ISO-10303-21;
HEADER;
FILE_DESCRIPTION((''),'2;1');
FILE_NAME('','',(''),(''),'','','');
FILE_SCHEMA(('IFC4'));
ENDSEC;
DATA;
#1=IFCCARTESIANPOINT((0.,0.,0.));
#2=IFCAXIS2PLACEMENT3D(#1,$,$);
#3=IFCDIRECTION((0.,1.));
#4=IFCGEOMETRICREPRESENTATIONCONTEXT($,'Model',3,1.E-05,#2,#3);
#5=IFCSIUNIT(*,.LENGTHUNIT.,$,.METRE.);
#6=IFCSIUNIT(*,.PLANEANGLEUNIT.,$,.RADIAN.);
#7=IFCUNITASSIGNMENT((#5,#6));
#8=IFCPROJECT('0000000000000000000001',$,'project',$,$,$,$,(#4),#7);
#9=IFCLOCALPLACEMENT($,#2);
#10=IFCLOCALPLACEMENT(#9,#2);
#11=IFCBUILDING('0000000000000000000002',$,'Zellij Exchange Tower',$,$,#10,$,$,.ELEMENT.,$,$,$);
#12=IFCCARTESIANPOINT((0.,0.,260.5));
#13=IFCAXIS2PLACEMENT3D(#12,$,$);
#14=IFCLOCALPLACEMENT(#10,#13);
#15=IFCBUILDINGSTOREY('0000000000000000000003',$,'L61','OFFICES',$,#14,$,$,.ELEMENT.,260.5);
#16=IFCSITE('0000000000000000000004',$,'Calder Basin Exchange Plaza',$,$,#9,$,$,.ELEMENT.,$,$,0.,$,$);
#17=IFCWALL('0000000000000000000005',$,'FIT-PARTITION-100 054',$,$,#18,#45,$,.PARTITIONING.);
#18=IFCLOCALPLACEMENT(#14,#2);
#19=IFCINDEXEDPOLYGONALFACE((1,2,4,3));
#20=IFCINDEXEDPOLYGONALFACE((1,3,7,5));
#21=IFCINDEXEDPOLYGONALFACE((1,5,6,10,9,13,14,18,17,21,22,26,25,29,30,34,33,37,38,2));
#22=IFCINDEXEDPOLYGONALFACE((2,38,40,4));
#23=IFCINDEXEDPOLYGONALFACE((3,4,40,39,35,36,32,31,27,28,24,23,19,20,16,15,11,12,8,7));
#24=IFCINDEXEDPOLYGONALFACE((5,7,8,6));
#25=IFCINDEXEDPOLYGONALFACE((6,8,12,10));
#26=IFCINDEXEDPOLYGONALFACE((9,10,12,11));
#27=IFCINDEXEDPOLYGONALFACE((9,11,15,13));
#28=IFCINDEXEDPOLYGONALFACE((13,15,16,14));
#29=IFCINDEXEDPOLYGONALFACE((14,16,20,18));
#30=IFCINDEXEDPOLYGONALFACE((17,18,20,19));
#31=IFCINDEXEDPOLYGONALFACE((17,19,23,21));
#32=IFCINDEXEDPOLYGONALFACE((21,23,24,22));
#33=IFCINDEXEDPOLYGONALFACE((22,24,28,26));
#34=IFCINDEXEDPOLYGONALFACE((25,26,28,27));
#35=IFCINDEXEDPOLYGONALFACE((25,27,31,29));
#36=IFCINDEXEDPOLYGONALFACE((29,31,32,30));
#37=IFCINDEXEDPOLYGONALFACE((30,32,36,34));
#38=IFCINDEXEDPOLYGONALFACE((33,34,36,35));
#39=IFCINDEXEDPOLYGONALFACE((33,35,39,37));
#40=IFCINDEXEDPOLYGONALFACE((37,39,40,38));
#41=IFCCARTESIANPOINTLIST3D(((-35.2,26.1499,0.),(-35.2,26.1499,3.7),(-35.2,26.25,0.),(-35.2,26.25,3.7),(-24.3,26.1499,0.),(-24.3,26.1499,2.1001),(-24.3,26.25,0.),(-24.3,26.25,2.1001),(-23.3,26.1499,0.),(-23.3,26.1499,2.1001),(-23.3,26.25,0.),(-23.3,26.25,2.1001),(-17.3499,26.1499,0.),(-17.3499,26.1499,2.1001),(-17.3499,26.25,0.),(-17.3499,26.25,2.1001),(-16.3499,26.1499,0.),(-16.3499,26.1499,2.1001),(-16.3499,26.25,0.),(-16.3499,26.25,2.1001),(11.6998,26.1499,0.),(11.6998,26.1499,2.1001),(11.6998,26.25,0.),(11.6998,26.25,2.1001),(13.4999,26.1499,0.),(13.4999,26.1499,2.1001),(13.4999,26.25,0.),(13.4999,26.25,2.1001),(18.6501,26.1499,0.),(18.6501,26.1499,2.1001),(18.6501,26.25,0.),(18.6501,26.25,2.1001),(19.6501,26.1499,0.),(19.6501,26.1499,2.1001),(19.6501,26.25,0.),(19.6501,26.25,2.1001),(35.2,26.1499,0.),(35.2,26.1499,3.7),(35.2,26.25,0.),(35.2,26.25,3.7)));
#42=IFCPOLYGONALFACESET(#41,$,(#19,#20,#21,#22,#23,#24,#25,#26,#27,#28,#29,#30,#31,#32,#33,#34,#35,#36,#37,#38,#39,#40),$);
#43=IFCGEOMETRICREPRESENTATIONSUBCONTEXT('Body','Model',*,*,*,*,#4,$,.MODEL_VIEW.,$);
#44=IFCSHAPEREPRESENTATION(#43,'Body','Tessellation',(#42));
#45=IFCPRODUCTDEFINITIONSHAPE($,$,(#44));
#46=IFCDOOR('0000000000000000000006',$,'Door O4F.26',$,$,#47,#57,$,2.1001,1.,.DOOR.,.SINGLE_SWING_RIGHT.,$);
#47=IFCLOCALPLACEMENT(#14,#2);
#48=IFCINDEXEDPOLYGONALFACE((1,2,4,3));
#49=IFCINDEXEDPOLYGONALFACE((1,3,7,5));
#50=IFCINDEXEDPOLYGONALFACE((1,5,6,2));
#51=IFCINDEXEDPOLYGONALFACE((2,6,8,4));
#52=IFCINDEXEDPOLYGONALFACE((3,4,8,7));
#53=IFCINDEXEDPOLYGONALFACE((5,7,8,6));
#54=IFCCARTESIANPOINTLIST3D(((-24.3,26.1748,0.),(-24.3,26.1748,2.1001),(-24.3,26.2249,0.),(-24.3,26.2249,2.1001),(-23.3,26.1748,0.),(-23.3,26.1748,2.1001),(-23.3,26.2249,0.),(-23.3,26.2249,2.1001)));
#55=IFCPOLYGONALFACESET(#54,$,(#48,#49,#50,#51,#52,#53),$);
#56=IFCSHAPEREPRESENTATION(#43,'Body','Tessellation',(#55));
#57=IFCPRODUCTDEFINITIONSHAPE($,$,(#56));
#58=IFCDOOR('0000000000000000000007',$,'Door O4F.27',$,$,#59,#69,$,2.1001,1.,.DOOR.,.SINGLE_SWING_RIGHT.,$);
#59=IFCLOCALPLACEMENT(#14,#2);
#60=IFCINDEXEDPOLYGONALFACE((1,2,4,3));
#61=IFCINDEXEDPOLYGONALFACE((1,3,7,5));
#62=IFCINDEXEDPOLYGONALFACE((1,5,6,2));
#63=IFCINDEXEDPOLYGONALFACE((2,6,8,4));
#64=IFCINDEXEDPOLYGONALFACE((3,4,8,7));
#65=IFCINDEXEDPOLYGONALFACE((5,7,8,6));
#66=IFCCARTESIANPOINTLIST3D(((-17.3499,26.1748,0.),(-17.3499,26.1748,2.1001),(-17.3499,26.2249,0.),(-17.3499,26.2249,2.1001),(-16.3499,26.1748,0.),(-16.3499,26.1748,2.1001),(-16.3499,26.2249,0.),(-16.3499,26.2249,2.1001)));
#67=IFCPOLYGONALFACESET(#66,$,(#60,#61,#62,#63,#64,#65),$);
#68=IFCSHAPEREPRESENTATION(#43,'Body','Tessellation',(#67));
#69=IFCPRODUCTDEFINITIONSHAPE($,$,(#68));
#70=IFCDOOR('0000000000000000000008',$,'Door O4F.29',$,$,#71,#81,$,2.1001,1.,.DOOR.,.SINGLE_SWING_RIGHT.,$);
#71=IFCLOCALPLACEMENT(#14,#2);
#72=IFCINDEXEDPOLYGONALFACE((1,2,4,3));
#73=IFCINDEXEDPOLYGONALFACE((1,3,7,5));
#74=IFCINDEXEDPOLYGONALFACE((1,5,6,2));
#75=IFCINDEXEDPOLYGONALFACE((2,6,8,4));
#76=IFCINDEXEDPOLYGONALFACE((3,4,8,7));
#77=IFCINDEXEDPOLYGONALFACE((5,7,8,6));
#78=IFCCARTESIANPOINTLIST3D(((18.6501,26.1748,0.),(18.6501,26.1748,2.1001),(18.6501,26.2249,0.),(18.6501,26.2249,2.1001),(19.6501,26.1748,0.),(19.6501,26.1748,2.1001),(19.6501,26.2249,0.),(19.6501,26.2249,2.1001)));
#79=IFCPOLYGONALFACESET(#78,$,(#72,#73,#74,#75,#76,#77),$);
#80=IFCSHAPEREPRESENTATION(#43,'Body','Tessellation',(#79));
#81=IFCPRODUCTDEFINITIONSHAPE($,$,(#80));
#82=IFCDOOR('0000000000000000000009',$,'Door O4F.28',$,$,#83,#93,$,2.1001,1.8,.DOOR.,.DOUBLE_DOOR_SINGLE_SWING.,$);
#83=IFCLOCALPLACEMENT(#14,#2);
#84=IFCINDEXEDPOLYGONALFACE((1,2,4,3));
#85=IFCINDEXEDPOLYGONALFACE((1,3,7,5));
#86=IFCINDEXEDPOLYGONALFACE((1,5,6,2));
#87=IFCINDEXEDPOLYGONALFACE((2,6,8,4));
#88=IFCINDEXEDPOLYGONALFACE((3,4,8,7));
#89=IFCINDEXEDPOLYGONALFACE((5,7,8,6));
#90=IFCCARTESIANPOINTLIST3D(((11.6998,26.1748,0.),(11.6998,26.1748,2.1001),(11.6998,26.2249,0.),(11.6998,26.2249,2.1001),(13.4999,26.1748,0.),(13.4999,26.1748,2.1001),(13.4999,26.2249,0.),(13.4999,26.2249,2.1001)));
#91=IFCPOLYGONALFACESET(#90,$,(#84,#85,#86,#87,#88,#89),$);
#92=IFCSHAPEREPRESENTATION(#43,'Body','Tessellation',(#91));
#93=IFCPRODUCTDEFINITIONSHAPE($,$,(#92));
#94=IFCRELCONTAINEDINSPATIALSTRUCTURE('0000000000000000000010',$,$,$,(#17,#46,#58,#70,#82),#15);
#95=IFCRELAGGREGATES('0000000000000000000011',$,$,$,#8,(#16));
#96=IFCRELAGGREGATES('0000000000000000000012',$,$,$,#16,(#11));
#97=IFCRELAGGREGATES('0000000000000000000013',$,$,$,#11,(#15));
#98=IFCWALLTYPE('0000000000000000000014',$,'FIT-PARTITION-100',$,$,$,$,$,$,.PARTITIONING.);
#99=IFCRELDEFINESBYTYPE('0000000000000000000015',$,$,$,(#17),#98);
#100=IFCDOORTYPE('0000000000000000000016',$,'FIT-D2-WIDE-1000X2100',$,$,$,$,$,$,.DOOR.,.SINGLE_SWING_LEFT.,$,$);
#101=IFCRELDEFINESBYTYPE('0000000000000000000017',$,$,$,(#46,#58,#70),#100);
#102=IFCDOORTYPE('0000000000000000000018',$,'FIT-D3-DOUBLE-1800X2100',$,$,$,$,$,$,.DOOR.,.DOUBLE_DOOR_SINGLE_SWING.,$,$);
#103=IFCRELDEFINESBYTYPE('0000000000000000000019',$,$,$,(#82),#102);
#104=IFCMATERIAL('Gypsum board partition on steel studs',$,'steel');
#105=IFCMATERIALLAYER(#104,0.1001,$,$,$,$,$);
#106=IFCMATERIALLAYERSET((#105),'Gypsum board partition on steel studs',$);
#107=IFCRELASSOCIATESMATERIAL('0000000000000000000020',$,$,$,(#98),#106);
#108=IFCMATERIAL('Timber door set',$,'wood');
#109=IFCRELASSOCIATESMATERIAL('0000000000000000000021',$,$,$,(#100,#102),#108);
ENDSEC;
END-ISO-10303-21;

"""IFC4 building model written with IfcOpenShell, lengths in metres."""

from ifc_helpers import new_model, si_unit, direction, frame, frame_2d, origin, place, context, subcontext, project, spatial, rectangle, extrude, material, layer, layer_set, type_object, element, fill, save


model = new_model("IFC4")

# Units and contexts
model_context = context("Model", 3, precision=1e-05, world=origin(), true_north=direction((0.0, 1.0)))
body_context = subcontext(model_context, "Body", "Model", "MODEL_VIEW")
ifc_project = project(units=[si_unit("LENGTHUNIT", "METRE"), si_unit("PLANEANGLEUNIT", "RADIAN")], contexts=[model_context])

# Site, building, storey
site_placement = place(None, origin())
site = spatial("IfcSite", under=ifc_project, at=site_placement, Name="Calder Basin Exchange Plaza", CompositionType="ELEMENT", RefElevation=0.0)
building_placement = place(site_placement, origin())
building = spatial("IfcBuilding", under=site, at=building_placement, Name="Zellij Exchange Tower", CompositionType="ELEMENT")
storey_placement = place(building_placement, frame((0.0, 0.0, 260.5)))
storey = spatial("IfcBuildingStorey", under=building, at=storey_placement, Name="L61", Description="OFFICES", CompositionType="ELEMENT", Elevation=260.5)

# Shared definitions
ifc_material_1 = material(Name="Gypsum board partition on steel studs", Category="steel")
ifc_layer = layer(ifc_material_1, 0.1001)
ifc_layer_set = layer_set([ifc_layer], Name="Gypsum board partition on steel studs")
wall_type = type_object("IfcWallType", Name="FIT-PARTITION-100", PredefinedType="PARTITIONING", material=ifc_layer_set)

# Wall, openings, doors
wall_1_placement = place(storey_placement, frame((-35.2, 26.2, 0.0), z_axis=(0.0, 0.0, 1.0), x_axis=(1.0, 0.0, 0.0)))
wall_1 = element("IfcWall", 1, at=wall_1_placement, inside=storey, type_object=wall_type, Name="FIT-PARTITION-100 054", PredefinedType="PARTITIONING", context=body_context, shape_type="SweptSolid", body=[
    extrude(rectangle(XDim=70.3999, YDim=0.1001, at=frame_2d((35.2, 0.0))), origin(), (0.0, 0.0, 1.0), 3.7),
])
opening_1_placement = place(wall_1_placement, frame((10.8999, 0.0, 0.0)))
opening_1 = element("IfcOpeningElement", 2, at=opening_1_placement, cuts=wall_1, PredefinedType="OPENING", context=body_context, shape_type="SweptSolid", body=[
    extrude(rectangle(XDim=1.0, YDim=2.1001, at=frame_2d((0.5, 1.05))), frame((0.0, 0.062, 0.0), z_axis=(0.0, -1.0, 0.0), x_axis=(1.0, 0.0, 0.0)), (0.0, 0.0, 1.0), 0.124),
])
opening_2_placement = place(wall_1_placement, frame((17.8501, 0.0, 0.0)))
opening_2 = element("IfcOpeningElement", 3, at=opening_2_placement, cuts=wall_1, PredefinedType="OPENING", context=body_context, shape_type="SweptSolid", body=[
    extrude(rectangle(XDim=1.0, YDim=2.1001, at=frame_2d((0.5, 1.05))), frame((0.0, 0.062, 0.0), z_axis=(0.0, -1.0, 0.0), x_axis=(1.0, 0.0, 0.0)), (0.0, 0.0, 1.0), 0.124),
])
opening_3_placement = place(wall_1_placement, frame((46.8999, 0.0, 0.0)))
opening_3 = element("IfcOpeningElement", 4, at=opening_3_placement, cuts=wall_1, PredefinedType="OPENING", context=body_context, shape_type="SweptSolid", body=[
    extrude(rectangle(XDim=1.8, YDim=2.1001, at=frame_2d((0.8999, 1.05))), frame((0.0, 0.062, 0.0), z_axis=(0.0, -1.0, 0.0), x_axis=(1.0, 0.0, 0.0)), (0.0, 0.0, 1.0), 0.124),
])
opening_4_placement = place(wall_1_placement, frame((53.8501, 0.0, 0.0)))
opening_4 = element("IfcOpeningElement", 5, at=opening_4_placement, cuts=wall_1, PredefinedType="OPENING", context=body_context, shape_type="SweptSolid", body=[
    extrude(rectangle(XDim=1.0, YDim=2.1001, at=frame_2d((0.5, 1.05))), frame((0.0, 0.062, 0.0), z_axis=(0.0, -1.0, 0.0), x_axis=(1.0, 0.0, 0.0)), (0.0, 0.0, 1.0), 0.124),
])
ifc_material_2 = material(Name="Timber door set", Category="wood")
door_type_1 = type_object("IfcDoorType", Name="FIT-D2-WIDE-1000X2100", OperationType="SINGLE_SWING_LEFT", PredefinedType="DOOR", material=ifc_material_2)
door_1_placement = place(opening_1_placement, origin())
door_1 = element("IfcDoor", 6, at=door_1_placement, inside=storey, type_object=door_type_1, Name="Door O4F.26", OperationType="SINGLE_SWING_RIGHT", OverallHeight=2.1001, OverallWidth=1.0, PredefinedType="DOOR", context=body_context, shape_type="SweptSolid", body=[
    extrude(rectangle(XDim=1.0, YDim=2.1001, at=frame_2d((0.5, 1.05))), frame((0.0, 0.0249, 0.0), z_axis=(0.0, -1.0, 0.0), x_axis=(1.0, 0.0, 0.0)), (0.0, 0.0, 1.0), 0.05),
])
fill(opening_1, door_1)
door_2_placement = place(opening_2_placement, origin())
door_2 = element("IfcDoor", 7, at=door_2_placement, inside=storey, type_object=door_type_1, Name="Door O4F.27", OperationType="SINGLE_SWING_RIGHT", OverallHeight=2.1001, OverallWidth=1.0, PredefinedType="DOOR", context=body_context, shape_type="SweptSolid", body=[
    extrude(rectangle(XDim=1.0, YDim=2.1001, at=frame_2d((0.5, 1.05))), frame((0.0, 0.0249, 0.0), z_axis=(0.0, -1.0, 0.0), x_axis=(1.0, 0.0, 0.0)), (0.0, 0.0, 1.0), 0.05),
])
fill(opening_2, door_2)
door_3_placement = place(opening_4_placement, origin())
door_3 = element("IfcDoor", 8, at=door_3_placement, inside=storey, type_object=door_type_1, Name="Door O4F.29", OperationType="SINGLE_SWING_RIGHT", OverallHeight=2.1001, OverallWidth=1.0, PredefinedType="DOOR", context=body_context, shape_type="SweptSolid", body=[
    extrude(rectangle(XDim=1.0, YDim=2.1001, at=frame_2d((0.5, 1.05))), frame((0.0, 0.0249, 0.0), z_axis=(0.0, -1.0, 0.0), x_axis=(1.0, 0.0, 0.0)), (0.0, 0.0, 1.0), 0.05),
])
fill(opening_4, door_3)
door_type_2 = type_object("IfcDoorType", Name="FIT-D3-DOUBLE-1800X2100", OperationType="DOUBLE_DOOR_SINGLE_SWING", PredefinedType="DOOR", material=ifc_material_2)
door_4_placement = place(opening_3_placement, origin())
door_4 = element("IfcDoor", 9, at=door_4_placement, inside=storey, type_object=door_type_2, Name="Door O4F.28", OperationType="DOUBLE_DOOR_SINGLE_SWING", OverallHeight=2.1001, OverallWidth=1.8, PredefinedType="DOOR", context=body_context, shape_type="SweptSolid", body=[
    extrude(rectangle(XDim=1.8, YDim=2.1001, at=frame_2d((0.8999, 1.05))), frame((0.0, 0.0249, 0.0), z_axis=(0.0, -1.0, 0.0), x_axis=(1.0, 0.0, 0.0)), (0.0, 0.0, 1.0), 0.05),
])
fill(opening_3, door_4)

save(model, "model.ifc")
